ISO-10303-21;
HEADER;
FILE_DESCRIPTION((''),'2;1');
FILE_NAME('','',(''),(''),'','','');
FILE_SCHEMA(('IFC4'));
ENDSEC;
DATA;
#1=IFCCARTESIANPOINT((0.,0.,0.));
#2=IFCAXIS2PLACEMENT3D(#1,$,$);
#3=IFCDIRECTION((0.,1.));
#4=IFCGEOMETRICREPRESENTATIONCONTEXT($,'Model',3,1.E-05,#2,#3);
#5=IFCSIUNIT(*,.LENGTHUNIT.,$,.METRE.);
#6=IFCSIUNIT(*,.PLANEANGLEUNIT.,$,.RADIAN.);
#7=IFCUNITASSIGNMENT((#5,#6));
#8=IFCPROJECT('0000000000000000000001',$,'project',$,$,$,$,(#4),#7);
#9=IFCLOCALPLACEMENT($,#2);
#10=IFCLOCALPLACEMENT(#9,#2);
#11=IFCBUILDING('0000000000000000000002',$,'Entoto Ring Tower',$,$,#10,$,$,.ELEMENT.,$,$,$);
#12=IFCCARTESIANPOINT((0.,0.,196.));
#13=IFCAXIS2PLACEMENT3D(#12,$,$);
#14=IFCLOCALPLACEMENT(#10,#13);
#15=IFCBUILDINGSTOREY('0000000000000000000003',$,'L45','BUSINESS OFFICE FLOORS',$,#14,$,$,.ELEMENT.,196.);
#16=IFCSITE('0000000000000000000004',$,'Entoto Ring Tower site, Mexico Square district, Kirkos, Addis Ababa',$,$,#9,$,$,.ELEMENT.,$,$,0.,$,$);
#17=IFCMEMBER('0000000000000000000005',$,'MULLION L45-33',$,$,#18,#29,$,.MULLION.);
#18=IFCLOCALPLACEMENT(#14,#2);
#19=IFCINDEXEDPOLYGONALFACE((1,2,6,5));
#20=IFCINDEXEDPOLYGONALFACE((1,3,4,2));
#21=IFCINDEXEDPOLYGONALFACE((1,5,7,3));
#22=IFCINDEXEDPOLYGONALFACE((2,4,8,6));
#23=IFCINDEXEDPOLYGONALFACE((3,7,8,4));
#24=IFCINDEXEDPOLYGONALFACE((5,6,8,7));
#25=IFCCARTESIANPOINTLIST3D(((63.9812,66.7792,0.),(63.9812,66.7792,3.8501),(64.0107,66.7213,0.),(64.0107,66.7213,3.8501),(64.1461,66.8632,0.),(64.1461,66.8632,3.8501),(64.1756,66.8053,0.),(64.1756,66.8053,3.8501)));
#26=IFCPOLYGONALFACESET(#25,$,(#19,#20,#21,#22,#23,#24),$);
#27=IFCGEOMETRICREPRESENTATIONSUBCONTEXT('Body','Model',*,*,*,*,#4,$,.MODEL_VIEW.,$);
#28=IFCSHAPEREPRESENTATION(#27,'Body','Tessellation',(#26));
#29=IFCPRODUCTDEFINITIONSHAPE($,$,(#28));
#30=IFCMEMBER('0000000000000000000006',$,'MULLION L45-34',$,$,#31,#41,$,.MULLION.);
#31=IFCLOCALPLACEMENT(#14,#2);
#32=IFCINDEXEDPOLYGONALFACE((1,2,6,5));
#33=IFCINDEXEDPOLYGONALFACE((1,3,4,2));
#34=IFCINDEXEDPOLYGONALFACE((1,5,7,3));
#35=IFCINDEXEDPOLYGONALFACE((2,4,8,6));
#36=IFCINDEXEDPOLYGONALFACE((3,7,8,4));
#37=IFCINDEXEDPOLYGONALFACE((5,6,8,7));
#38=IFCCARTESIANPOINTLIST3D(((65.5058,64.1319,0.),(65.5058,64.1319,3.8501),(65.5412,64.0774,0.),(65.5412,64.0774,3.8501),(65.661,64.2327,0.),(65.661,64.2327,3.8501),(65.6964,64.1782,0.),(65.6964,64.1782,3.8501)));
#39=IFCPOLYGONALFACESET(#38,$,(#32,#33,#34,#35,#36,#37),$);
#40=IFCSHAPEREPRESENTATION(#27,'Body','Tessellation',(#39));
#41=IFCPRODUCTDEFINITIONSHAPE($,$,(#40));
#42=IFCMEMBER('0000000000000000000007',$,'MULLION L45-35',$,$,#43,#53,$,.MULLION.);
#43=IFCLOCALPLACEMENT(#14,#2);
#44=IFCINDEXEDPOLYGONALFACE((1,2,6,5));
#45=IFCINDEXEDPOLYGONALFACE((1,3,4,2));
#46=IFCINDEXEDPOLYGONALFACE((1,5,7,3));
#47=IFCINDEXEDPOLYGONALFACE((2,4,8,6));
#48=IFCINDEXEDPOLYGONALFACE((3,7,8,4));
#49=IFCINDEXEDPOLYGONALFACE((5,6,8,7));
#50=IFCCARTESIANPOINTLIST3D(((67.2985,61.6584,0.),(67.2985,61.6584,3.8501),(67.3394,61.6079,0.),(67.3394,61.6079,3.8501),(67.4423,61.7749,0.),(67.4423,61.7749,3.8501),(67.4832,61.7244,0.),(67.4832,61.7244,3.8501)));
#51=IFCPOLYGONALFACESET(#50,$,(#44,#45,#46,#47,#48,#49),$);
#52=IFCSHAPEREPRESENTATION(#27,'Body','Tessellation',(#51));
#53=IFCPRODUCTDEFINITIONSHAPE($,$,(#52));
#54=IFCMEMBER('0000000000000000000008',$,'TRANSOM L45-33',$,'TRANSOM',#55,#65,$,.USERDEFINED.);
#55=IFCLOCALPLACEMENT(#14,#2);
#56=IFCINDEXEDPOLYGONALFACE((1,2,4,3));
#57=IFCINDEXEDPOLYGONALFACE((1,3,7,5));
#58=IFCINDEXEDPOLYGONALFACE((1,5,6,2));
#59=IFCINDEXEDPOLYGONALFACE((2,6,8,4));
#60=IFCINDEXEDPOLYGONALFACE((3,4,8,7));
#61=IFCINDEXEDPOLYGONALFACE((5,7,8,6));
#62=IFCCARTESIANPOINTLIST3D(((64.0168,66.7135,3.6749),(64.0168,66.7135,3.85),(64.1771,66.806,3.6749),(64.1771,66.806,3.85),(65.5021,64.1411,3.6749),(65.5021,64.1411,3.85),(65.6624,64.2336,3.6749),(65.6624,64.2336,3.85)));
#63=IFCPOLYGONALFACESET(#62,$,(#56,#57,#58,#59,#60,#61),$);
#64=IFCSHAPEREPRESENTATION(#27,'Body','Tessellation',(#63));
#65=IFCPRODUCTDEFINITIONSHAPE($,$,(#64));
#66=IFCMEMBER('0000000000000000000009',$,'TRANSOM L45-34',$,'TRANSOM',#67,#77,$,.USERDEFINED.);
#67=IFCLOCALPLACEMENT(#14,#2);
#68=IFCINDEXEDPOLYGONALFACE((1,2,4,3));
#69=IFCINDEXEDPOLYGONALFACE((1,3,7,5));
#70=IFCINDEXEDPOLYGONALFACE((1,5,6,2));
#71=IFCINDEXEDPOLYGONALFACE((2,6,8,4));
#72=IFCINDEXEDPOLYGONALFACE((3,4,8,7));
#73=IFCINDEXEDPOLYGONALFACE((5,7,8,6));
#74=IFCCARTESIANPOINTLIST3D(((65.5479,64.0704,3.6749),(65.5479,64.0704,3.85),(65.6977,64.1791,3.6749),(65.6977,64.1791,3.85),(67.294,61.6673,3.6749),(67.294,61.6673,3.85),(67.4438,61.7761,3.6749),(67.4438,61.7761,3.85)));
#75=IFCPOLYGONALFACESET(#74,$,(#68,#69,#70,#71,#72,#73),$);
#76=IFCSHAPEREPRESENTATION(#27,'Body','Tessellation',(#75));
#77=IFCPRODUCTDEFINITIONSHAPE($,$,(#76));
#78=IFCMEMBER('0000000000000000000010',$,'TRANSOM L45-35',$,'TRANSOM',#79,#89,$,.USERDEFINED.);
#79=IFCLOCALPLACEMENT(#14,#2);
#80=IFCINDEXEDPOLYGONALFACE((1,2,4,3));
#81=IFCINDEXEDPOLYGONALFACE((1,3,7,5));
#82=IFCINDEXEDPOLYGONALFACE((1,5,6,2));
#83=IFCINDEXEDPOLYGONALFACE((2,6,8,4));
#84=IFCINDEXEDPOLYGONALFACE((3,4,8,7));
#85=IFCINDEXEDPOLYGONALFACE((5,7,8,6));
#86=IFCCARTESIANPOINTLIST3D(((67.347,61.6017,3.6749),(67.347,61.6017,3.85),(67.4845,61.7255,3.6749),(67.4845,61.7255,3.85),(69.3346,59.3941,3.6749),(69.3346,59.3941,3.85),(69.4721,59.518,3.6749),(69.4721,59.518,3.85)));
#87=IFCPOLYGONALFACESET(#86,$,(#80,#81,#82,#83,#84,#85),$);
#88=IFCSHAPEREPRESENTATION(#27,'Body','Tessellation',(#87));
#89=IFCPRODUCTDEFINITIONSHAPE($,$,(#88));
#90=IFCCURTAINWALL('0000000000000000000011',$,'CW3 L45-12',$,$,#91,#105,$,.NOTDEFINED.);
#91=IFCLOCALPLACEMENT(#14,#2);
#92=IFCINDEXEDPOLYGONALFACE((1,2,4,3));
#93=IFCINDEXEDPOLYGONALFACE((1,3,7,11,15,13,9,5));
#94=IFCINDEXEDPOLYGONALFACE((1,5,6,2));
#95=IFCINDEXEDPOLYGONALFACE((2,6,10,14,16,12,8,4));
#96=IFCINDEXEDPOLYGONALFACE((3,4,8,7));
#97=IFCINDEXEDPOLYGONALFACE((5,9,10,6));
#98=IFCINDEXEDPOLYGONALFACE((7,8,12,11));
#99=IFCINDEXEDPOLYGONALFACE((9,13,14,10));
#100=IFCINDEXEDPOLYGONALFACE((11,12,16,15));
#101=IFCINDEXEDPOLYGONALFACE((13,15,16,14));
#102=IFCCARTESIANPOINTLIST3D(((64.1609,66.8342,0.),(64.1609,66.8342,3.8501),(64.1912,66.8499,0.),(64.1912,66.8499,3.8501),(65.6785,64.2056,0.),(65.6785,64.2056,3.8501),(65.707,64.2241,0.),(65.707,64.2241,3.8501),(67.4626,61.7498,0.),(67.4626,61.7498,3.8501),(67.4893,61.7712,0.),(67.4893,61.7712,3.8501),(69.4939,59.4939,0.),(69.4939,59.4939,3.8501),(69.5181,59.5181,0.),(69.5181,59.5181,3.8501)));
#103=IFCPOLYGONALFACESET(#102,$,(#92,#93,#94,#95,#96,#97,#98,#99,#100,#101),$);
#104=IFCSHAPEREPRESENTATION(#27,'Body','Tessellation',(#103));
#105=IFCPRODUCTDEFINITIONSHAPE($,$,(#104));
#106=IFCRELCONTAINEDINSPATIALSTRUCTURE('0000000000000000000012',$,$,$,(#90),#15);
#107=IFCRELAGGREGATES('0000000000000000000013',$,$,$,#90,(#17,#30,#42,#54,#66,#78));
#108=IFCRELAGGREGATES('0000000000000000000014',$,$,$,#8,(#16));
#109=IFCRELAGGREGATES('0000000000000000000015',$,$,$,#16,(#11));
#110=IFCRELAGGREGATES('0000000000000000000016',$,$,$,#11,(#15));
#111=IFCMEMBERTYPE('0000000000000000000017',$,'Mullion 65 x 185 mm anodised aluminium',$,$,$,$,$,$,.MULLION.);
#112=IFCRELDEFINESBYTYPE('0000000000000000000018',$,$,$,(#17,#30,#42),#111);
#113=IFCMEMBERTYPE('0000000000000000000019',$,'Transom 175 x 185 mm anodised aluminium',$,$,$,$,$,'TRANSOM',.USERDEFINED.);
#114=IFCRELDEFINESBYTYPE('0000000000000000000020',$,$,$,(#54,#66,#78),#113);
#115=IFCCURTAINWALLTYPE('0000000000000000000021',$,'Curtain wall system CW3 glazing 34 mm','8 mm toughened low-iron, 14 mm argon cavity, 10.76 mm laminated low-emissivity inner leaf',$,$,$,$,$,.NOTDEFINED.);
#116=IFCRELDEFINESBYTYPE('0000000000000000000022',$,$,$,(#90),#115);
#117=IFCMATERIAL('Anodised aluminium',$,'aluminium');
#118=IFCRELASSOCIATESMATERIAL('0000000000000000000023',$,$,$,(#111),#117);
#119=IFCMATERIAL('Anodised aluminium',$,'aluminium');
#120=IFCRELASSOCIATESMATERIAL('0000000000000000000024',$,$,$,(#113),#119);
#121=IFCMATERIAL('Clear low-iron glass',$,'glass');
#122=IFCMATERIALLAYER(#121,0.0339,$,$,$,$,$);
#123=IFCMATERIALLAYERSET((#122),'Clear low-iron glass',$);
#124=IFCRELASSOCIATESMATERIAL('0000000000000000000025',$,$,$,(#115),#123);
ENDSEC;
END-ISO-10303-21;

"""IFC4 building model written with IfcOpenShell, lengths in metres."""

from ifc_helpers import new_model, si_unit, direction, frame, origin, origin_2d, place, context, subcontext, project, spatial, polyline, rectangle, outline, extrude, material, layer, layer_set, material_profile, profile_set, type_object, element, aggregate, save


model = new_model("IFC4")

# Units and contexts
model_context = context("Model", 3, precision=1e-05, world=origin(), true_north=direction((0.0, 1.0)))
body_context = subcontext(model_context, "Body", "Model", "MODEL_VIEW")
ifc_project = project(units=[si_unit("LENGTHUNIT", "METRE"), si_unit("PLANEANGLEUNIT", "RADIAN")], contexts=[model_context])

# Members
ifc_material_1 = material(Name="Anodised aluminium", Category="aluminium")
ifc_material_profile_1 = material_profile(ifc_material_1, rectangle(XDim=0.0649, YDim=0.1851, at=origin_2d()), Name="Mullion 65 x 185 mm anodised aluminium")
ifc_profile_set_1 = profile_set([ifc_material_profile_1], Name="Anodised aluminium")
member_type_1 = type_object("IfcMemberType", Name="Mullion 65 x 185 mm anodised aluminium", PredefinedType="MULLION", material=ifc_profile_set_1)
site_placement = place(None, origin())
building_placement = place(site_placement, origin())
storey_placement = place(building_placement, frame((0.0, 0.0, 196.0)))
member_1_placement = place(storey_placement, frame((64.0784, 66.7922, 0.0), z_axis=(0.0, 0.0, 1.0), x_axis=(0.45399, -0.891007, 0.0)))
member_1 = element("IfcMember", 1, at=member_1_placement, type_object=member_type_1, Name="MULLION L45-33", PredefinedType="MULLION", context=body_context, shape_type="SweptSolid", body=[
    extrude(rectangle(XDim=0.0649, YDim=0.1851, at=origin_2d()), origin(), (0.0, 0.0, 1.0), 3.8501),
])
member_2_placement = place(storey_placement, frame((65.6011, 64.155, 0.0), z_axis=(0.0, 0.0, 1.0), x_axis=(0.544639, -0.838671, 0.0)))
member_2 = element("IfcMember", 2, at=member_2_placement, type_object=member_type_1, Name="MULLION L45-34", PredefinedType="MULLION", context=body_context, shape_type="SweptSolid", body=[
    extrude(rectangle(XDim=0.0649, YDim=0.1851, at=origin_2d()), origin(), (0.0, 0.0, 1.0), 3.8501),
])
member_3_placement = place(storey_placement, frame((67.3909, 61.6914, 0.0), z_axis=(0.0, 0.0, 1.0), x_axis=(0.62932, -0.777146, 0.0)))
member_3 = element("IfcMember", 3, at=member_3_placement, type_object=member_type_1, Name="MULLION L45-35", PredefinedType="MULLION", context=body_context, shape_type="SweptSolid", body=[
    extrude(rectangle(XDim=0.0649, YDim=0.1851, at=origin_2d()), origin(), (0.0, 0.0, 1.0), 3.8501),
])
ifc_material_2 = material(Name="Anodised aluminium", Category="aluminium")
ifc_material_profile_2 = material_profile(ifc_material_2, rectangle(XDim=0.1851, YDim=0.175, at=origin_2d()), Name="Transom 175 x 185 mm anodised aluminium")
ifc_profile_set_2 = profile_set([ifc_material_profile_2], Name="Anodised aluminium")
member_type_2 = type_object("IfcMemberType", Name="Transom 175 x 185 mm anodised aluminium", ElementType="TRANSOM", PredefinedType="USERDEFINED", material=ifc_profile_set_2)
member_4_placement = place(storey_placement, frame((64.0969, 66.7598, 3.7625), z_axis=(0.500028, -0.866009, 0.0), x_axis=(0.866009, 0.500028, 0.0)))
member_4 = element("IfcMember", 4, at=member_4_placement, type_object=member_type_2, Name="TRANSOM L45-33", ObjectType="TRANSOM", PredefinedType="USERDEFINED", context=body_context, shape_type="SweptSolid", body=[
    extrude(rectangle(XDim=0.1851, YDim=0.175, at=origin_2d()), origin(), (0.0, 0.0, 1.0), 2.9705),
])
member_5_placement = place(storey_placement, frame((65.6228, 64.1248, 3.7625), z_axis=(0.58782, -0.808992, 0.0), x_axis=(0.808992, 0.58782, 0.0)))
member_5 = element("IfcMember", 5, at=member_5_placement, type_object=member_type_2, Name="TRANSOM L45-34", ObjectType="TRANSOM", PredefinedType="USERDEFINED", context=body_context, shape_type="SweptSolid", body=[
    extrude(rectangle(XDim=0.1851, YDim=0.175, at=origin_2d()), origin(), (0.0, 0.0, 1.0), 2.9705),
])
member_6_placement = place(storey_placement, frame((67.4158, 61.6636, 3.7625), z_axis=(0.66911, -0.743163, 0.0), x_axis=(0.743163, 0.66911, 0.0)))
member_6 = element("IfcMember", 6, at=member_6_placement, type_object=member_type_2, Name="TRANSOM L45-35", ObjectType="TRANSOM", PredefinedType="USERDEFINED", context=body_context, shape_type="SweptSolid", body=[
    extrude(rectangle(XDim=0.1851, YDim=0.175, at=origin_2d()), origin(), (0.0, 0.0, 1.0), 2.9705),
])

# Site, building, storey
site = spatial("IfcSite", under=ifc_project, at=site_placement, Name="Entoto Ring Tower site, Mexico Square district, Kirkos, Addis Ababa", CompositionType="ELEMENT", RefElevation=0.0)
building = spatial("IfcBuilding", under=site, at=building_placement, Name="Entoto Ring Tower", CompositionType="ELEMENT")
storey = spatial("IfcBuildingStorey", under=building, at=storey_placement, Name="L45", Description="BUSINESS OFFICE FLOORS", CompositionType="ELEMENT", Elevation=196.0)

# Curtain wall
ifc_material_3 = material(Name="Clear low-iron glass", Category="glass")
ifc_layer = layer(ifc_material_3, 0.0339)
ifc_layer_set = layer_set([ifc_layer], Name="Clear low-iron glass")
curtain_wall_type = type_object("IfcCurtainWallType", Name="Curtain wall system CW3 glazing 34 mm", Description="8 mm toughened low-iron, 14 mm argon cavity, 10.76 mm laminated low-emissivity inner leaf", PredefinedType="NOTDEFINED", material=ifc_layer_set)
curtain_wall_1_placement = place(storey_placement, origin())
curtain_wall_1 = element("IfcCurtainWall", 7, at=curtain_wall_1_placement, inside=storey, type_object=curtain_wall_type, Name="CW3 L45-12", PredefinedType="NOTDEFINED", context=body_context, shape_type="SweptSolid", body=[
    extrude(outline(polyline([(64.1609, 66.8342), (65.6785, 64.2056), (67.4626, 61.7498), (69.4939, 59.4939), (69.5181, 59.5181), (67.4893, 61.7712), (65.707, 64.2241), (64.1912, 66.8499), (64.1609, 66.8342)])), origin(), (0.0, 0.0, 1.0), 3.8501),
])
aggregate(curtain_wall_1, [member_1, member_2, member_3, member_4, member_5, member_6])

save(model, "model.ifc")
